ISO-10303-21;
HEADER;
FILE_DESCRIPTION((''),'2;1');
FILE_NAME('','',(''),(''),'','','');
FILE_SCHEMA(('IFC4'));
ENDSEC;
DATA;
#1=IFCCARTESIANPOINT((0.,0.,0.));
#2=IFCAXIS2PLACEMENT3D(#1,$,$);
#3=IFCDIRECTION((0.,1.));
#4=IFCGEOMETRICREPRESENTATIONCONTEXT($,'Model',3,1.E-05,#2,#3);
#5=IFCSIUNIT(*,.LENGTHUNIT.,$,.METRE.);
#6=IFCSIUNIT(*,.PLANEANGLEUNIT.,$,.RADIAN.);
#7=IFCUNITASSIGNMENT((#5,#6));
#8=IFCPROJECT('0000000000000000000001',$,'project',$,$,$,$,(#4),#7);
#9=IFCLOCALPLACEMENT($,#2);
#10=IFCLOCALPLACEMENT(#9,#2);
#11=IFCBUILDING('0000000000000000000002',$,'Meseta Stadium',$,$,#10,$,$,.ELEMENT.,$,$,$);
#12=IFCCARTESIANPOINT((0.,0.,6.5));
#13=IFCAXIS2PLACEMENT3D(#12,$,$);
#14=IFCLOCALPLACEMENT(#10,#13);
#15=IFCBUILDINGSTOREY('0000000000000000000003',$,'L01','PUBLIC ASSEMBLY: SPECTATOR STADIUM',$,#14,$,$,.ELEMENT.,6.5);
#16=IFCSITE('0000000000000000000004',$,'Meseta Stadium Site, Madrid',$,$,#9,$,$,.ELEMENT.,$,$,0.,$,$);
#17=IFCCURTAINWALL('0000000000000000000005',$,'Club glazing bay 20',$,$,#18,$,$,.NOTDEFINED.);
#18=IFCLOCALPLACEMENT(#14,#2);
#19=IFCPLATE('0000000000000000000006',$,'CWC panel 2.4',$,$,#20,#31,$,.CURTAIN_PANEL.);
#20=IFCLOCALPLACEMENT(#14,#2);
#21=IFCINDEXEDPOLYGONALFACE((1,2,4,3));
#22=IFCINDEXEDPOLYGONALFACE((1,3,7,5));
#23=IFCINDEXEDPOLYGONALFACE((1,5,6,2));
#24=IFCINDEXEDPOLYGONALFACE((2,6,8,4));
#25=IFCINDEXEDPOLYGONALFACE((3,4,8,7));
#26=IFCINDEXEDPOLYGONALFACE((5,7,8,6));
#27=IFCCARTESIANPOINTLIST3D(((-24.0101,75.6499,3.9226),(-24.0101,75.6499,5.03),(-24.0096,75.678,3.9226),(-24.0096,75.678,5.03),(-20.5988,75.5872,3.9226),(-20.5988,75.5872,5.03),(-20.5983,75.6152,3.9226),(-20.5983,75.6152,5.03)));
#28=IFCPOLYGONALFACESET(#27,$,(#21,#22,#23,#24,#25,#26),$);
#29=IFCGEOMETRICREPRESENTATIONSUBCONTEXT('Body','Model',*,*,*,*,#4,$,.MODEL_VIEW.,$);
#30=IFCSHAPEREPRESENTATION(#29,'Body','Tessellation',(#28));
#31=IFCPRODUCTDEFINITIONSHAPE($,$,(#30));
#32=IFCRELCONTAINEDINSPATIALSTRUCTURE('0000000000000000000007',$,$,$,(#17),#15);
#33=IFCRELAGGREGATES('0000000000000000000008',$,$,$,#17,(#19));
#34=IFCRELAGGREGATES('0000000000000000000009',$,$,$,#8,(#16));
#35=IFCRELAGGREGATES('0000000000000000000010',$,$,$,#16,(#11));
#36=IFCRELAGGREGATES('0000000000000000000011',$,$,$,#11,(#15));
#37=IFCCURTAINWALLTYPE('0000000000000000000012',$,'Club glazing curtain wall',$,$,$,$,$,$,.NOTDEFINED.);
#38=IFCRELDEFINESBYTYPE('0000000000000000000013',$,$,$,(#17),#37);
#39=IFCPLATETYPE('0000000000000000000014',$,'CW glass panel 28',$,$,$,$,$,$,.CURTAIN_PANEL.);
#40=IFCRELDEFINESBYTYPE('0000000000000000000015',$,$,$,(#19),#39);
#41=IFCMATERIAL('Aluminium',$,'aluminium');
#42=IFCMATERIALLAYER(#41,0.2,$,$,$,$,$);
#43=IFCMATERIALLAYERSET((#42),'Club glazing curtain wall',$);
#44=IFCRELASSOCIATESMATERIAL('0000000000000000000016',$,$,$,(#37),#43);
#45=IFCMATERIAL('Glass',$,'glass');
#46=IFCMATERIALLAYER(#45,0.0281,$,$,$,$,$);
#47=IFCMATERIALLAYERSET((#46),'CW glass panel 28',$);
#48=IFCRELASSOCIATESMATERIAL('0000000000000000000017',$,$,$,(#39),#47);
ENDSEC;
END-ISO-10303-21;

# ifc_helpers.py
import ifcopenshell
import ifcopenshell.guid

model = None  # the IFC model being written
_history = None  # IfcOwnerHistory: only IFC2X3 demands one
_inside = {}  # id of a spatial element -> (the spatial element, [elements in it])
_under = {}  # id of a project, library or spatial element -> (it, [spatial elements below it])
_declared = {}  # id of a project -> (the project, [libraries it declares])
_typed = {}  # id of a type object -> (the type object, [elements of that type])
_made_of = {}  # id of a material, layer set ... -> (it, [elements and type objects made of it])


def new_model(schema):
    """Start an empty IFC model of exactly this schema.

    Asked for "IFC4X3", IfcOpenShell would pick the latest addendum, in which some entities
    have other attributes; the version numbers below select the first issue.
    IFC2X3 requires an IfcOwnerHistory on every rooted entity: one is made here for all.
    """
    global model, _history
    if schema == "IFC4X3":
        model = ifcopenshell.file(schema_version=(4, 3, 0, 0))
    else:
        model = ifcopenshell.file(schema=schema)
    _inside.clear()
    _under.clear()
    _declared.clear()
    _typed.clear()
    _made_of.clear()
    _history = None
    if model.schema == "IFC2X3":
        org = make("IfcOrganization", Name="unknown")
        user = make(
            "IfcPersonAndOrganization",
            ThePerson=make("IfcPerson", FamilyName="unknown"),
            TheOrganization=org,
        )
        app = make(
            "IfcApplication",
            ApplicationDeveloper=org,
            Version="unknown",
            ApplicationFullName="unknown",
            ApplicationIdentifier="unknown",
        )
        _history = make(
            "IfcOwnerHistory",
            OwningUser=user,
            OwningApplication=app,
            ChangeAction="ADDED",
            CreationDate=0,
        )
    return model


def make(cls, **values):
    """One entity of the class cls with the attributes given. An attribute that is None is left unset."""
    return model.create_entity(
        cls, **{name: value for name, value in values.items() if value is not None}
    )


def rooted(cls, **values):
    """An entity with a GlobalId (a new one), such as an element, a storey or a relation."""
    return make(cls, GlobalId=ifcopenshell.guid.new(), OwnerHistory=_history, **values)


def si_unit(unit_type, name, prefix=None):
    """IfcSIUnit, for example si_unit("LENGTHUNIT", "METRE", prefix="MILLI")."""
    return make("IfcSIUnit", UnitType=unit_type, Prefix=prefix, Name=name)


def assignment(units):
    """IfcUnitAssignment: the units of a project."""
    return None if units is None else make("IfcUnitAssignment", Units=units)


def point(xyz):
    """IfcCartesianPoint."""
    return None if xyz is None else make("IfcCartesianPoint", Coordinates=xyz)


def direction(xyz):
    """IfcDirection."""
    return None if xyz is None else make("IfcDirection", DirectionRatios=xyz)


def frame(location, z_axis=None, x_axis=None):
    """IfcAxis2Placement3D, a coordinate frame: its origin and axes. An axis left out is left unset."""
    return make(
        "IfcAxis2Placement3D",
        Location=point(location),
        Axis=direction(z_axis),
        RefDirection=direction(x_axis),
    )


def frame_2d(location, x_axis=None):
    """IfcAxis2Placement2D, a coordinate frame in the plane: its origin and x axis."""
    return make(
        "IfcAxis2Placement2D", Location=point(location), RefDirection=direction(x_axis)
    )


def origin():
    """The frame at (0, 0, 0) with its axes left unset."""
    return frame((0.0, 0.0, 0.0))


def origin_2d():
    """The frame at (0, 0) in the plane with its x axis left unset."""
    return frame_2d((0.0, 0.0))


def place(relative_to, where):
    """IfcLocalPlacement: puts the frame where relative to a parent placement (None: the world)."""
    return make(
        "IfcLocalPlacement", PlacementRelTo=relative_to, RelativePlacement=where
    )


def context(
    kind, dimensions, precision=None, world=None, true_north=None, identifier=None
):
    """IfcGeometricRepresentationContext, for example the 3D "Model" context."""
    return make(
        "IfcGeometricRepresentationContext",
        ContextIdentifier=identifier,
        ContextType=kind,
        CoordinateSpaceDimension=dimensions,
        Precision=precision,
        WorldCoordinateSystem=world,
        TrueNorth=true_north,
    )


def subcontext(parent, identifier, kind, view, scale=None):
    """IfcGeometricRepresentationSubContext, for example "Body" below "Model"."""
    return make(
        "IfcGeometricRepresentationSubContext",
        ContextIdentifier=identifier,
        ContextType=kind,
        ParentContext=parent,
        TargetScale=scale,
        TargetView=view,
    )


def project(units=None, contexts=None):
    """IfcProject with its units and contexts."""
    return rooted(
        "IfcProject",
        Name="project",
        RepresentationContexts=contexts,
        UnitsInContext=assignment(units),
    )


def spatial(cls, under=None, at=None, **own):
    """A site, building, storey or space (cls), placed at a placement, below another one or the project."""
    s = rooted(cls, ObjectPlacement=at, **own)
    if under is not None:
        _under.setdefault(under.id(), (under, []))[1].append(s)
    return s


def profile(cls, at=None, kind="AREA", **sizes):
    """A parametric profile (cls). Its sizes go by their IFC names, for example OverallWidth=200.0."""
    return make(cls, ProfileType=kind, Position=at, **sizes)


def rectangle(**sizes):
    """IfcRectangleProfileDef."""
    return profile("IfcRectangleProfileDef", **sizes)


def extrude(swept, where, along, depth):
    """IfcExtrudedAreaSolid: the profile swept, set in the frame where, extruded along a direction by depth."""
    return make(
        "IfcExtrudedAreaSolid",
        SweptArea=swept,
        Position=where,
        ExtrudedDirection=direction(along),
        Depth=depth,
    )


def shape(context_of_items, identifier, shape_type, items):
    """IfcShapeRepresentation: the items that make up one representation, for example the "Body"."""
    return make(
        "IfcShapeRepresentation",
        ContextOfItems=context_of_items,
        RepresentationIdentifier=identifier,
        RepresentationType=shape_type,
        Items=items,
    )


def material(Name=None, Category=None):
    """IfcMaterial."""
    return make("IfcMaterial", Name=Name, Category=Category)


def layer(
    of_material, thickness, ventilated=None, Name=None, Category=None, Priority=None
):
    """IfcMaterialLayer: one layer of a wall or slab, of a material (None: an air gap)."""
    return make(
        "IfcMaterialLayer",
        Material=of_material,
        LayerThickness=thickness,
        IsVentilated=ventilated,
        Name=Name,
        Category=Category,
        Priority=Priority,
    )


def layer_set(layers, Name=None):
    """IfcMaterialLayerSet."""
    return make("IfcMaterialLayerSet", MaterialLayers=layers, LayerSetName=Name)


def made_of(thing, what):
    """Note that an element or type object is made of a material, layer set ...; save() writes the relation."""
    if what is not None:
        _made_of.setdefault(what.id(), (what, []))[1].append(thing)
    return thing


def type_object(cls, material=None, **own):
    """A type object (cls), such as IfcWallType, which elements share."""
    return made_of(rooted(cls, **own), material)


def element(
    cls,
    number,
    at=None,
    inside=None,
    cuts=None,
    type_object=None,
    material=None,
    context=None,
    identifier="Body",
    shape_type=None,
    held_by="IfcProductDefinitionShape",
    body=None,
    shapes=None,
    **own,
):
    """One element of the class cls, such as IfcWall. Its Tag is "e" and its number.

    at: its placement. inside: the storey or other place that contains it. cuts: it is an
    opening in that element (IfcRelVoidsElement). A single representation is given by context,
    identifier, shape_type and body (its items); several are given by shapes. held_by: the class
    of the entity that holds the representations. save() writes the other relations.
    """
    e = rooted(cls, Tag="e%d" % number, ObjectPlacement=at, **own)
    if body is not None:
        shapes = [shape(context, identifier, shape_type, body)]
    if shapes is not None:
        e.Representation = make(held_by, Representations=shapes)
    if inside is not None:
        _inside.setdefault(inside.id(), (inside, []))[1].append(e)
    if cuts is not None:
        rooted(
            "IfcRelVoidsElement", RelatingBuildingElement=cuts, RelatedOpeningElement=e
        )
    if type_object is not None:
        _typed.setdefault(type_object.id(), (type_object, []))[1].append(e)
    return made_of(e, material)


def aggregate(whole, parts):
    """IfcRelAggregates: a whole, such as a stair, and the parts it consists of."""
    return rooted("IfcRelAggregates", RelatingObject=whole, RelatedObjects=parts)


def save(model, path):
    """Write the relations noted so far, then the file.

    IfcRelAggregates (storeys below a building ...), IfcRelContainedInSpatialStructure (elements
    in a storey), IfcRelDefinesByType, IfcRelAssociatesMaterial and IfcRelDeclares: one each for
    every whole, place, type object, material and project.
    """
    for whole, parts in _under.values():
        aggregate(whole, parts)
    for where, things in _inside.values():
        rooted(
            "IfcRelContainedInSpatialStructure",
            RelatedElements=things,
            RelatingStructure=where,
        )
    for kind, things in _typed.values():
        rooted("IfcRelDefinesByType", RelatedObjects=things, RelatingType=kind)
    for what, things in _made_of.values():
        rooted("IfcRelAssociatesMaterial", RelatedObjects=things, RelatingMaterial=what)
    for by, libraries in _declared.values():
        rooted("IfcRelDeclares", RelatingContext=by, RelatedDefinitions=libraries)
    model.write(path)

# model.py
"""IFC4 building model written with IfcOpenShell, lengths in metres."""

from ifc_helpers import new_model, si_unit, direction, frame, origin, origin_2d, place, context, subcontext, project, spatial, rectangle, extrude, material, layer, layer_set, type_object, element, aggregate, save


model = new_model("IFC4")

# Units and contexts
model_context = context("Model", 3, precision=1e-05, world=origin(), true_north=direction((0.0, 1.0)))
body_context = subcontext(model_context, "Body", "Model", "MODEL_VIEW")
ifc_project = project(units=[si_unit("LENGTHUNIT", "METRE"), si_unit("PLANEANGLEUNIT", "RADIAN")], contexts=[model_context])

# Site, building, storey
site_placement = place(None, origin())
site = spatial("IfcSite", under=ifc_project, at=site_placement, Name="Meseta Stadium Site, Madrid", CompositionType="ELEMENT", RefElevation=0.0)
building_placement = place(site_placement, origin())
building = spatial("IfcBuilding", under=site, at=building_placement, Name="Meseta Stadium", CompositionType="ELEMENT")
storey_placement = place(building_placement, frame((0.0, 0.0, 6.5)))
storey = spatial("IfcBuildingStorey", under=building, at=storey_placement, Name="L01", Description="PUBLIC ASSEMBLY: SPECTATOR STADIUM", CompositionType="ELEMENT", Elevation=6.5)

# Shared definitions
ifc_material_1 = material(Name="Aluminium", Category="aluminium")
ifc_layer_1 = layer(ifc_material_1, 0.2)
ifc_layer_set_1 = layer_set([ifc_layer_1], Name="Club glazing curtain wall")
curtain_wall_type = type_object("IfcCurtainWallType", Name="Club glazing curtain wall", PredefinedType="NOTDEFINED", material=ifc_layer_set_1)

# Curtain wall
curtain_wall_1_placement = place(storey_placement, origin())
curtain_wall_1 = element("IfcCurtainWall", 1, at=curtain_wall_1_placement, inside=storey, type_object=curtain_wall_type, Name="Club glazing bay 20", PredefinedType="NOTDEFINED")

# Plate
ifc_material_2 = material(Name="Glass", Category="glass")
ifc_layer_2 = layer(ifc_material_2, 0.0281)
ifc_layer_set_2 = layer_set([ifc_layer_2], Name="CW glass panel 28")
plate_type = type_object("IfcPlateType", Name="CW glass panel 28", PredefinedType="CURTAIN_PANEL", material=ifc_layer_set_2)
plate_1_placement = place(storey_placement, frame((-22.3042, 75.6326, 3.9226), z_axis=(0.0, 0.0, 1.0), x_axis=(-0.999831, 0.018384, 0.0)))
plate_1 = element("IfcPlate", 2, at=plate_1_placement, type_object=plate_type, Name="CWC panel 2.4", PredefinedType="CURTAIN_PANEL", context=body_context, shape_type="SweptSolid", body=[
    extrude(rectangle(XDim=3.4119, YDim=0.0281, at=origin_2d()), origin(), (0.0, 0.0, 1.0), 1.1074),
])
aggregate(curtain_wall_1, [plate_1])

save(model, "model.ifc")
